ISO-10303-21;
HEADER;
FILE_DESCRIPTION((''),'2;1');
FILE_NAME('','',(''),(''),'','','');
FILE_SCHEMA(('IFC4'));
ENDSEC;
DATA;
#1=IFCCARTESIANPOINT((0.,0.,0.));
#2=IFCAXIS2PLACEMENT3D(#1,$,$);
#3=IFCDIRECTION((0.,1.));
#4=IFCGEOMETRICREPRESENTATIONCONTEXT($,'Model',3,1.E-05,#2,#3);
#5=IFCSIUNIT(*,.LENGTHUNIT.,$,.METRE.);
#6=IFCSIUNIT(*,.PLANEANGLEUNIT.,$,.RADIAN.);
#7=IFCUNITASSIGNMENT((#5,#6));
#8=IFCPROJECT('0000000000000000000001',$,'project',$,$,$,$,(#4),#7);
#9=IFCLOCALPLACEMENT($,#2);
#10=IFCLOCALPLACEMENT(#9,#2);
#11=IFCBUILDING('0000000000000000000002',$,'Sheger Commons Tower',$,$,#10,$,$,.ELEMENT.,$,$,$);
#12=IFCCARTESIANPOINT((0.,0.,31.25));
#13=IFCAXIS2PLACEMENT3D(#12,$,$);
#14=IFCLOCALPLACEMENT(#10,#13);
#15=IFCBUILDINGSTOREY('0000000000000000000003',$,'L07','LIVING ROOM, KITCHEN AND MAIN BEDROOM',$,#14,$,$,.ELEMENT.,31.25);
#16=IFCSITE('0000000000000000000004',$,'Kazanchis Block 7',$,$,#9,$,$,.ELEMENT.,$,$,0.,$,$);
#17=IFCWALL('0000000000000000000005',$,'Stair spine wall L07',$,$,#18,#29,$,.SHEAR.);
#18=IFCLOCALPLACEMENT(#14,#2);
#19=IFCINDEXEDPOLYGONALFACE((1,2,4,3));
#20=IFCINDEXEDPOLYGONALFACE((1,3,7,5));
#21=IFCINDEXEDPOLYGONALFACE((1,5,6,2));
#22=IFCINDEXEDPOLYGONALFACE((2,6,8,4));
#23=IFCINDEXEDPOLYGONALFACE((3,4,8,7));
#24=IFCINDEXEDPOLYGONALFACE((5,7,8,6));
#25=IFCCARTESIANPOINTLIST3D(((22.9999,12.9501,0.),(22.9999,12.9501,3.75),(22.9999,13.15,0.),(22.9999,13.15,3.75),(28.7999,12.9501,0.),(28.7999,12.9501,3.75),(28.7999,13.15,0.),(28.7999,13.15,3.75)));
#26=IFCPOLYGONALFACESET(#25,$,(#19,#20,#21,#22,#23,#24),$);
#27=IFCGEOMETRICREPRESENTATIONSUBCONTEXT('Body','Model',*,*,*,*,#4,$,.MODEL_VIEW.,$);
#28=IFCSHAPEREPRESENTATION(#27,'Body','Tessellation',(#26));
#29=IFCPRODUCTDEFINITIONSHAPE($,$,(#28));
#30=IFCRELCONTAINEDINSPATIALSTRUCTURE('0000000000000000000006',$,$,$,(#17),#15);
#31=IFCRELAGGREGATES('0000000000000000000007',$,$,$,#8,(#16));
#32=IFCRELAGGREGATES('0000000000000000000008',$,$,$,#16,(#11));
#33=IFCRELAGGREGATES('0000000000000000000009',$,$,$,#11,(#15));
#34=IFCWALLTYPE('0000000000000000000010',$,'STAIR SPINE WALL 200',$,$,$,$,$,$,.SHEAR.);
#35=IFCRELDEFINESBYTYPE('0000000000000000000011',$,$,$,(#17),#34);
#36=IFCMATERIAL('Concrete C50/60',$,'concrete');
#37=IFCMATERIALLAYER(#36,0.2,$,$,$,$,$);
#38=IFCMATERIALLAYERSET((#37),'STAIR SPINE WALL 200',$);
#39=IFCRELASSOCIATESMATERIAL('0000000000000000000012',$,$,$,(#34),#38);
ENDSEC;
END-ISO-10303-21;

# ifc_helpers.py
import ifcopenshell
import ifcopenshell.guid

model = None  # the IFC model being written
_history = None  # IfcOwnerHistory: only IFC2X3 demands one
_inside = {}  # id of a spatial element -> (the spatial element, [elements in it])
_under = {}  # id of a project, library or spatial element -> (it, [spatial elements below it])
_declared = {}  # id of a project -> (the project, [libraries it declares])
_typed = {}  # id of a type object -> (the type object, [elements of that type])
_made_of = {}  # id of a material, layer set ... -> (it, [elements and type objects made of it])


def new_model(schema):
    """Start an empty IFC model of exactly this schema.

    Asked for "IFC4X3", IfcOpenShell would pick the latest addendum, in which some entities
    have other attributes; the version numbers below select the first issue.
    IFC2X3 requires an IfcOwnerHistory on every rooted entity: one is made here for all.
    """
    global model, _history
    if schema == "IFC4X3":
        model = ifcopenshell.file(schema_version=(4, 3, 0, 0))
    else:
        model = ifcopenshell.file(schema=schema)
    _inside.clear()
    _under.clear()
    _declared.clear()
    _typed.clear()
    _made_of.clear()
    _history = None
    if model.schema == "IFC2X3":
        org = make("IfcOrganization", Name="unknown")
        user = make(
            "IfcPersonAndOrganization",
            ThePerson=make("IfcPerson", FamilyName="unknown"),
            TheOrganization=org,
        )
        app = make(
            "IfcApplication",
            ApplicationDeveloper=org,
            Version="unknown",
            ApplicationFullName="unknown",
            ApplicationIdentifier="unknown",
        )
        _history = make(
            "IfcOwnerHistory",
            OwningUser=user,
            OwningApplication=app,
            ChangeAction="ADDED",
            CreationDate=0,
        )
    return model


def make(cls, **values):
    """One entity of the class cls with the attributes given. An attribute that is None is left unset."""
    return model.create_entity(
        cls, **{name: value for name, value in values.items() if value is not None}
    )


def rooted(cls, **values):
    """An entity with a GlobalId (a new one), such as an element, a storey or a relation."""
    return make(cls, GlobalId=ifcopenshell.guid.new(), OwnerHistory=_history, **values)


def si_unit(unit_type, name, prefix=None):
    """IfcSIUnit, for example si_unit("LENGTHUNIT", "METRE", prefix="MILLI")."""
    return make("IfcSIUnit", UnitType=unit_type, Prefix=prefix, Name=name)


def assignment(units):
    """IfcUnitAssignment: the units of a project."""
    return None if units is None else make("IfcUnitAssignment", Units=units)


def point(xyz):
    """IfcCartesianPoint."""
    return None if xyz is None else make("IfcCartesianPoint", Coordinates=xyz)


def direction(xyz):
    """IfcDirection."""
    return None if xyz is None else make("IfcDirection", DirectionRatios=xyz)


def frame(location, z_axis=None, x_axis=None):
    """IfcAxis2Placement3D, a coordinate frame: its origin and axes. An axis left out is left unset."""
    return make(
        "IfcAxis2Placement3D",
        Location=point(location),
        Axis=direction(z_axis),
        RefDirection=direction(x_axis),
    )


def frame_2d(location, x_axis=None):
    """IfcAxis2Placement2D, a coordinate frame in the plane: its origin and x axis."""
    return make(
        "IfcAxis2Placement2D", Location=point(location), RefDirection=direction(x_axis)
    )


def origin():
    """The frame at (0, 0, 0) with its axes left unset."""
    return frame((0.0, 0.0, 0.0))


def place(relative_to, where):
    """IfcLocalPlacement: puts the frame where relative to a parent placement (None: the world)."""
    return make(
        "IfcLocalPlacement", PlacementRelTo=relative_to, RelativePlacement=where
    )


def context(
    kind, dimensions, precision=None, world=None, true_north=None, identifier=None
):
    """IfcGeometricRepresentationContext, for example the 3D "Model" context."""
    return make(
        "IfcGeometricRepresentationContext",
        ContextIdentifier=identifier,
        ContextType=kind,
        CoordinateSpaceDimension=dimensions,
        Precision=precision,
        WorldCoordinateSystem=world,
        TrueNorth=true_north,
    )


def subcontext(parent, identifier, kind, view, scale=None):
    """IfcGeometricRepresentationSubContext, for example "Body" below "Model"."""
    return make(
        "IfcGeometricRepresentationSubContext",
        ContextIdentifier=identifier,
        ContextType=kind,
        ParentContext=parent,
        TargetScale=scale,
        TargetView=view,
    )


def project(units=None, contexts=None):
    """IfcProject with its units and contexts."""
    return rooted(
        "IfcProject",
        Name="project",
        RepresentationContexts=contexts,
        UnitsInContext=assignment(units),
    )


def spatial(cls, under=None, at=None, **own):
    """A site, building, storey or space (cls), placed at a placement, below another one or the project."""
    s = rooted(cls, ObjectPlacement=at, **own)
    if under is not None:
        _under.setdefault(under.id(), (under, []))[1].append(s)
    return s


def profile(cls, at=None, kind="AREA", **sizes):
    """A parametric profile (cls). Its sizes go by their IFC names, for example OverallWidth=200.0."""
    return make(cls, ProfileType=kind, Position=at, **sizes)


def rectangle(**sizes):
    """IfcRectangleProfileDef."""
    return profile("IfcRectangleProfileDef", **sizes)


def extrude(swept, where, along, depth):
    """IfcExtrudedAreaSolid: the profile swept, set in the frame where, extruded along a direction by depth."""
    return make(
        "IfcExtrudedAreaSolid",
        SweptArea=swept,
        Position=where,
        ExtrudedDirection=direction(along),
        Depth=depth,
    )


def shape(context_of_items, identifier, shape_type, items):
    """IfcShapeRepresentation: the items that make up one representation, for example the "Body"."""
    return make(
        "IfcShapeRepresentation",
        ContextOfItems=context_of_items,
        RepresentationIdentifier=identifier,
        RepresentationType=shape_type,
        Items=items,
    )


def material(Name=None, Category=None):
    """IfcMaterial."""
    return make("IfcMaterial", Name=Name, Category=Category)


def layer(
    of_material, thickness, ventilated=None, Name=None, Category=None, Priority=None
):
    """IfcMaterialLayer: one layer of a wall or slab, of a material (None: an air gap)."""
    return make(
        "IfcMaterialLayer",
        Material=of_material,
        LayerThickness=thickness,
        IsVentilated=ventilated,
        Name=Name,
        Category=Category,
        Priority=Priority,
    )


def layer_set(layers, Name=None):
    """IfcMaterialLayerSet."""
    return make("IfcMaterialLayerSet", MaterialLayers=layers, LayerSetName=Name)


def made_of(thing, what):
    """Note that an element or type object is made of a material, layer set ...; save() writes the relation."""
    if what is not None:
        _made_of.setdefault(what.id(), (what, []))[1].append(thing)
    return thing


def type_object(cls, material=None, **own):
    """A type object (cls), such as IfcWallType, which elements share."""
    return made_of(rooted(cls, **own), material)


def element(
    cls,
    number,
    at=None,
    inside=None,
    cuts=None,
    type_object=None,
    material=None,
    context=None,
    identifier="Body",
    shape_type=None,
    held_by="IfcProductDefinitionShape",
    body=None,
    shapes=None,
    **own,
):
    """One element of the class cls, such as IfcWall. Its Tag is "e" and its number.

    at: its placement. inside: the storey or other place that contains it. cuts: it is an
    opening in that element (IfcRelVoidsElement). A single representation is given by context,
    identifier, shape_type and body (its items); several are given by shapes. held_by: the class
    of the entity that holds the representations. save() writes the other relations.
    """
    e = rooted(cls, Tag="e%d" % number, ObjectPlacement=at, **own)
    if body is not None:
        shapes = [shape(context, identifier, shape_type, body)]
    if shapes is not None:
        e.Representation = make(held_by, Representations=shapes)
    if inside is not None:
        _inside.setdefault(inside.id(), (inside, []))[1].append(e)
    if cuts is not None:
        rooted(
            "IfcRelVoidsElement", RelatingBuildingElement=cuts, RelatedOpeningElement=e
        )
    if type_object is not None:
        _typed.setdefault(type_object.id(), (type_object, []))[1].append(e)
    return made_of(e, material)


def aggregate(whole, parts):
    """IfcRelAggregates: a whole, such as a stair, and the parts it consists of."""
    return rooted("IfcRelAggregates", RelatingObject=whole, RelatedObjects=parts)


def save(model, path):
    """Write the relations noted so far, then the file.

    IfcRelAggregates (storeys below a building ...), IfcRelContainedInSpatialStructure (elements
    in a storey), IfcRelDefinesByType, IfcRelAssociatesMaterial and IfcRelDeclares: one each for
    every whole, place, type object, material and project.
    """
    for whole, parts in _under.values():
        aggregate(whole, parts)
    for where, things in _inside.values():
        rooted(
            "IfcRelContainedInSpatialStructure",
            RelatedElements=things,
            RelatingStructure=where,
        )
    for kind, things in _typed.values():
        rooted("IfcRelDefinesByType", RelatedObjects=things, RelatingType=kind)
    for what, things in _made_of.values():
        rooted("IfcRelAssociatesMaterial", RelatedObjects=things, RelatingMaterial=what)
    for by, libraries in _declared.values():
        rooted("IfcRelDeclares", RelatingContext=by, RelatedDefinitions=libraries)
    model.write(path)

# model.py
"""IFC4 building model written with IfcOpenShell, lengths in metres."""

from ifc_helpers import new_model, si_unit, direction, frame, frame_2d, origin, place, context, subcontext, project, spatial, rectangle, extrude, material, layer, layer_set, type_object, element, save


model = new_model("IFC4")

# Units and contexts
model_context = context("Model", 3, precision=1e-05, world=origin(), true_north=direction((0.0, 1.0)))
body_context = subcontext(model_context, "Body", "Model", "MODEL_VIEW")
ifc_project = project(units=[si_unit("LENGTHUNIT", "METRE"), si_unit("PLANEANGLEUNIT", "RADIAN")], contexts=[model_context])

# Site, building, storey
site_placement = place(None, origin())
site = spatial("IfcSite", under=ifc_project, at=site_placement, Name="Kazanchis Block 7", CompositionType="ELEMENT", RefElevation=0.0)
building_placement = place(site_placement, origin())
building = spatial("IfcBuilding", under=site, at=building_placement, Name="Sheger Commons Tower", CompositionType="ELEMENT")
storey_placement = place(building_placement, frame((0.0, 0.0, 31.25)))
storey = spatial("IfcBuildingStorey", under=building, at=storey_placement, Name="L07", Description="LIVING ROOM, KITCHEN AND MAIN BEDROOM", CompositionType="ELEMENT", Elevation=31.25)

# Wall
ifc_material_1 = material(Name="Concrete C50/60", Category="concrete")
ifc_layer_1 = layer(ifc_material_1, 0.2)
ifc_layer_set_1 = layer_set([ifc_layer_1], Name="STAIR SPINE WALL 200")
wall_type_1 = type_object("IfcWallType", Name="STAIR SPINE WALL 200", PredefinedType="SHEAR", material=ifc_layer_set_1)
wall_1_placement = place(storey_placement, frame((23.0, 13.05, 0.0), z_axis=(0.0, 0.0, 1.0), x_axis=(1.0, 0.0, 0.0)))
element("IfcWall", 1, at=wall_1_placement, inside=storey, type_object=wall_type_1, Name="Stair spine wall L07", PredefinedType="SHEAR", context=body_context, shape_type="SweptSolid", body=[
    extrude(rectangle(XDim=5.8, YDim=0.2, at=frame_2d((2.8999, 0.0))), origin(), (0.0, 0.0, 1.0), 3.75),
])

save(model, "model.ifc")
